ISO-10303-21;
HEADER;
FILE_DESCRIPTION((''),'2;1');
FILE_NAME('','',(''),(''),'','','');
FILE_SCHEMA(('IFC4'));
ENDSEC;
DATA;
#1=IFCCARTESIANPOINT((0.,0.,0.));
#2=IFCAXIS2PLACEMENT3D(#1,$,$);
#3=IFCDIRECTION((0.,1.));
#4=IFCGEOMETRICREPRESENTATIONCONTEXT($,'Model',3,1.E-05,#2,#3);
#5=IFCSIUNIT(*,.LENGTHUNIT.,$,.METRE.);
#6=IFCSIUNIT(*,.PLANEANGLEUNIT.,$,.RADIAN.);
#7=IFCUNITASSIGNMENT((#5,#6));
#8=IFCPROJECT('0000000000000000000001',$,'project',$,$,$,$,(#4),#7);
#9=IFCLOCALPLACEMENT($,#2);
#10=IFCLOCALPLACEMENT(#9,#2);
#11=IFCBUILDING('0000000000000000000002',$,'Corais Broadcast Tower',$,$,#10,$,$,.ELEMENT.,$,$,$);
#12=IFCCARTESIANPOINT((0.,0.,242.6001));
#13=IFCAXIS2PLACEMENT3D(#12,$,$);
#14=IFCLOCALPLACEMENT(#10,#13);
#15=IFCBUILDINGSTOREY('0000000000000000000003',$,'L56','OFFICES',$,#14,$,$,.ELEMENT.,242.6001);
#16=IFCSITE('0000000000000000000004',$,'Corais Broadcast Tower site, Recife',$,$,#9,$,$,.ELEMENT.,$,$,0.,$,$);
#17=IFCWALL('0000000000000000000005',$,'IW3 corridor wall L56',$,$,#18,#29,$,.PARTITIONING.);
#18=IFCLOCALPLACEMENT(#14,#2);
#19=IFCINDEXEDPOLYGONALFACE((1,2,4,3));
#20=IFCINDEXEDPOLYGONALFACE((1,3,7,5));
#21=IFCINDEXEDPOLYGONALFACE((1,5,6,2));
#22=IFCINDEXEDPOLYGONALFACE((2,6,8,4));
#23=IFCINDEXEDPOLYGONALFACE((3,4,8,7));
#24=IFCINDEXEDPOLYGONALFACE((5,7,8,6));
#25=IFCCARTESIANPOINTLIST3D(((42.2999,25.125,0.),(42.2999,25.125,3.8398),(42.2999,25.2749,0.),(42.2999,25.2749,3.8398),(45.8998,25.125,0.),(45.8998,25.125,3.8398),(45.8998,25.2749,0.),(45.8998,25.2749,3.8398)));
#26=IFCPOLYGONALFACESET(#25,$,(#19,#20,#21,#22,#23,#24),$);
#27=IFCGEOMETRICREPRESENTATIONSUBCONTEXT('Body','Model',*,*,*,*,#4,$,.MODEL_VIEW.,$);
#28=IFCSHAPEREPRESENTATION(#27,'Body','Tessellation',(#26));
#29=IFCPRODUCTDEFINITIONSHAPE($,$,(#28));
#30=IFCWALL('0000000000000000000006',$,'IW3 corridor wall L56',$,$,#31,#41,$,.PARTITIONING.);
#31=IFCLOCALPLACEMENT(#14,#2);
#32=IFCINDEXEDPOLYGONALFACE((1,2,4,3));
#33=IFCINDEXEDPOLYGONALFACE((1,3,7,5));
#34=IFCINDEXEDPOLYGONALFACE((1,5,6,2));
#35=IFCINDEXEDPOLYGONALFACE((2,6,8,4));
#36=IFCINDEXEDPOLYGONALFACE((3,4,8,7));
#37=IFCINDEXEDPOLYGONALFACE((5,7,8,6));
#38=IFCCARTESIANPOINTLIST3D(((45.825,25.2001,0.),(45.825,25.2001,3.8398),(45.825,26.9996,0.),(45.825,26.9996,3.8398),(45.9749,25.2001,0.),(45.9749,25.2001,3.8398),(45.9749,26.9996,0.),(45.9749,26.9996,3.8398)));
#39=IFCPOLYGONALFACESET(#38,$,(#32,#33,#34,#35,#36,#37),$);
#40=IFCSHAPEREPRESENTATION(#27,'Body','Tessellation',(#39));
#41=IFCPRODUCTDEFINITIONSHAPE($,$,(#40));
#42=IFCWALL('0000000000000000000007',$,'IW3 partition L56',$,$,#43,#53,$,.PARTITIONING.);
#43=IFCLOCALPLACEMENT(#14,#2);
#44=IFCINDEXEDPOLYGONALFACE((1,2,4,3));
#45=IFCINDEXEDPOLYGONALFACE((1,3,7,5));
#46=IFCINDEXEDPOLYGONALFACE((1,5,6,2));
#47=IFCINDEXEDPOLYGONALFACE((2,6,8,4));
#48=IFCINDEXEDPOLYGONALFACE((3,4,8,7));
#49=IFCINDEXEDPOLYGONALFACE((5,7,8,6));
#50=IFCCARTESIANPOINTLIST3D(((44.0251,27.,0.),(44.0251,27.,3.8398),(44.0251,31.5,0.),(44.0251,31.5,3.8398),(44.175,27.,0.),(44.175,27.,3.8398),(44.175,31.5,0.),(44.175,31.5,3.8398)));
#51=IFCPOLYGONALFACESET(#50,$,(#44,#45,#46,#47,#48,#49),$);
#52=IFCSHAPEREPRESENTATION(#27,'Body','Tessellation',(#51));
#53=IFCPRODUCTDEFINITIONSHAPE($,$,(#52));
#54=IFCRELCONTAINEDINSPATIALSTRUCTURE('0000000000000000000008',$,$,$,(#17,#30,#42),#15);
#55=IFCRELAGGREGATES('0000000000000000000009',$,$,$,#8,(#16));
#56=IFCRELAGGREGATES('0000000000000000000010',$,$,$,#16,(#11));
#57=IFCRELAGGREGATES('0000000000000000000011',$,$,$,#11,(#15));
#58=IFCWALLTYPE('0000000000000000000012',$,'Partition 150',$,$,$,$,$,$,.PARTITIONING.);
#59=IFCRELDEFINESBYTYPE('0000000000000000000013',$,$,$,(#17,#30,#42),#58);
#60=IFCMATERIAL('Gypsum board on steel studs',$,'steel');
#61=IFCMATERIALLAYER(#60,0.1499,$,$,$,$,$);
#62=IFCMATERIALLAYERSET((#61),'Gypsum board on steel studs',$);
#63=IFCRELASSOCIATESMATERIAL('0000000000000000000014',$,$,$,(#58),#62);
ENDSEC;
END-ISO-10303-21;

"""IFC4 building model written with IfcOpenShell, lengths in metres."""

from ifc_helpers import new_model, si_unit, direction, frame, frame_2d, origin, place, context, subcontext, project, spatial, rectangle, extrude, material, layer, layer_set, type_object, element, save


model = new_model("IFC4")

# Units and contexts
model_context = context("Model", 3, precision=1e-05, world=origin(), true_north=direction((0.0, 1.0)))
body_context = subcontext(model_context, "Body", "Model", "MODEL_VIEW")
ifc_project = project(units=[si_unit("LENGTHUNIT", "METRE"), si_unit("PLANEANGLEUNIT", "RADIAN")], contexts=[model_context])

# Site, building, storey
site_placement = place(None, origin())
site = spatial("IfcSite", under=ifc_project, at=site_placement, Name="Corais Broadcast Tower site, Recife", CompositionType="ELEMENT", RefElevation=0.0)
building_placement = place(site_placement, origin())
building = spatial("IfcBuilding", under=site, at=building_placement, Name="Corais Broadcast Tower", CompositionType="ELEMENT")
storey_placement = place(building_placement, frame((0.0, 0.0, 242.6001)))
storey = spatial("IfcBuildingStorey", under=building, at=storey_placement, Name="L56", Description="OFFICES", CompositionType="ELEMENT", Elevation=242.6001)

# Walls
ifc_material_1 = material(Name="Gypsum board on steel studs", Category="steel")
ifc_layer_1 = layer(ifc_material_1, 0.1499)
ifc_layer_set_1 = layer_set([ifc_layer_1], Name="Gypsum board on steel studs")
wall_type = type_object("IfcWallType", Name="Partition 150", PredefinedType="PARTITIONING", material=ifc_layer_set_1)
wall_1_placement = place(storey_placement, frame((42.3, 25.2, 0.0), z_axis=(0.0, 0.0, 1.0), x_axis=(1.0, 0.0, 0.0)))
element("IfcWall", 1, at=wall_1_placement, inside=storey, type_object=wall_type, Name="IW3 corridor wall L56", PredefinedType="PARTITIONING", context=body_context, shape_type="SweptSolid", body=[
    extrude(rectangle(XDim=3.5999, YDim=0.1499, at=frame_2d((1.7998, 0.0))), origin(), (0.0, 0.0, 1.0), 3.8398),
])
wall_2_placement = place(storey_placement, frame((45.8999, 25.2, 0.0), z_axis=(0.0, 0.0, 1.0), x_axis=(0.0, 1.0, 0.0)))
element("IfcWall", 2, at=wall_2_placement, inside=storey, type_object=wall_type, Name="IW3 corridor wall L56", PredefinedType="PARTITIONING", context=body_context, shape_type="SweptSolid", body=[
    extrude(rectangle(XDim=1.7996, YDim=0.1499, at=frame_2d((0.8999, 0.0))), origin(), (0.0, 0.0, 1.0), 3.8398),
])
wall_3_placement = place(storey_placement, frame((44.1001, 27.0, 0.0), z_axis=(0.0, 0.0, 1.0), x_axis=(0.0, 1.0, 0.0)))
element("IfcWall", 3, at=wall_3_placement, inside=storey, type_object=wall_type, Name="IW3 partition L56", PredefinedType="PARTITIONING", context=body_context, shape_type="SweptSolid", body=[
    extrude(rectangle(XDim=4.5, YDim=0.1499, at=frame_2d((2.25, 0.0))), origin(), (0.0, 0.0, 1.0), 3.8398),
])

save(model, "model.ifc")
